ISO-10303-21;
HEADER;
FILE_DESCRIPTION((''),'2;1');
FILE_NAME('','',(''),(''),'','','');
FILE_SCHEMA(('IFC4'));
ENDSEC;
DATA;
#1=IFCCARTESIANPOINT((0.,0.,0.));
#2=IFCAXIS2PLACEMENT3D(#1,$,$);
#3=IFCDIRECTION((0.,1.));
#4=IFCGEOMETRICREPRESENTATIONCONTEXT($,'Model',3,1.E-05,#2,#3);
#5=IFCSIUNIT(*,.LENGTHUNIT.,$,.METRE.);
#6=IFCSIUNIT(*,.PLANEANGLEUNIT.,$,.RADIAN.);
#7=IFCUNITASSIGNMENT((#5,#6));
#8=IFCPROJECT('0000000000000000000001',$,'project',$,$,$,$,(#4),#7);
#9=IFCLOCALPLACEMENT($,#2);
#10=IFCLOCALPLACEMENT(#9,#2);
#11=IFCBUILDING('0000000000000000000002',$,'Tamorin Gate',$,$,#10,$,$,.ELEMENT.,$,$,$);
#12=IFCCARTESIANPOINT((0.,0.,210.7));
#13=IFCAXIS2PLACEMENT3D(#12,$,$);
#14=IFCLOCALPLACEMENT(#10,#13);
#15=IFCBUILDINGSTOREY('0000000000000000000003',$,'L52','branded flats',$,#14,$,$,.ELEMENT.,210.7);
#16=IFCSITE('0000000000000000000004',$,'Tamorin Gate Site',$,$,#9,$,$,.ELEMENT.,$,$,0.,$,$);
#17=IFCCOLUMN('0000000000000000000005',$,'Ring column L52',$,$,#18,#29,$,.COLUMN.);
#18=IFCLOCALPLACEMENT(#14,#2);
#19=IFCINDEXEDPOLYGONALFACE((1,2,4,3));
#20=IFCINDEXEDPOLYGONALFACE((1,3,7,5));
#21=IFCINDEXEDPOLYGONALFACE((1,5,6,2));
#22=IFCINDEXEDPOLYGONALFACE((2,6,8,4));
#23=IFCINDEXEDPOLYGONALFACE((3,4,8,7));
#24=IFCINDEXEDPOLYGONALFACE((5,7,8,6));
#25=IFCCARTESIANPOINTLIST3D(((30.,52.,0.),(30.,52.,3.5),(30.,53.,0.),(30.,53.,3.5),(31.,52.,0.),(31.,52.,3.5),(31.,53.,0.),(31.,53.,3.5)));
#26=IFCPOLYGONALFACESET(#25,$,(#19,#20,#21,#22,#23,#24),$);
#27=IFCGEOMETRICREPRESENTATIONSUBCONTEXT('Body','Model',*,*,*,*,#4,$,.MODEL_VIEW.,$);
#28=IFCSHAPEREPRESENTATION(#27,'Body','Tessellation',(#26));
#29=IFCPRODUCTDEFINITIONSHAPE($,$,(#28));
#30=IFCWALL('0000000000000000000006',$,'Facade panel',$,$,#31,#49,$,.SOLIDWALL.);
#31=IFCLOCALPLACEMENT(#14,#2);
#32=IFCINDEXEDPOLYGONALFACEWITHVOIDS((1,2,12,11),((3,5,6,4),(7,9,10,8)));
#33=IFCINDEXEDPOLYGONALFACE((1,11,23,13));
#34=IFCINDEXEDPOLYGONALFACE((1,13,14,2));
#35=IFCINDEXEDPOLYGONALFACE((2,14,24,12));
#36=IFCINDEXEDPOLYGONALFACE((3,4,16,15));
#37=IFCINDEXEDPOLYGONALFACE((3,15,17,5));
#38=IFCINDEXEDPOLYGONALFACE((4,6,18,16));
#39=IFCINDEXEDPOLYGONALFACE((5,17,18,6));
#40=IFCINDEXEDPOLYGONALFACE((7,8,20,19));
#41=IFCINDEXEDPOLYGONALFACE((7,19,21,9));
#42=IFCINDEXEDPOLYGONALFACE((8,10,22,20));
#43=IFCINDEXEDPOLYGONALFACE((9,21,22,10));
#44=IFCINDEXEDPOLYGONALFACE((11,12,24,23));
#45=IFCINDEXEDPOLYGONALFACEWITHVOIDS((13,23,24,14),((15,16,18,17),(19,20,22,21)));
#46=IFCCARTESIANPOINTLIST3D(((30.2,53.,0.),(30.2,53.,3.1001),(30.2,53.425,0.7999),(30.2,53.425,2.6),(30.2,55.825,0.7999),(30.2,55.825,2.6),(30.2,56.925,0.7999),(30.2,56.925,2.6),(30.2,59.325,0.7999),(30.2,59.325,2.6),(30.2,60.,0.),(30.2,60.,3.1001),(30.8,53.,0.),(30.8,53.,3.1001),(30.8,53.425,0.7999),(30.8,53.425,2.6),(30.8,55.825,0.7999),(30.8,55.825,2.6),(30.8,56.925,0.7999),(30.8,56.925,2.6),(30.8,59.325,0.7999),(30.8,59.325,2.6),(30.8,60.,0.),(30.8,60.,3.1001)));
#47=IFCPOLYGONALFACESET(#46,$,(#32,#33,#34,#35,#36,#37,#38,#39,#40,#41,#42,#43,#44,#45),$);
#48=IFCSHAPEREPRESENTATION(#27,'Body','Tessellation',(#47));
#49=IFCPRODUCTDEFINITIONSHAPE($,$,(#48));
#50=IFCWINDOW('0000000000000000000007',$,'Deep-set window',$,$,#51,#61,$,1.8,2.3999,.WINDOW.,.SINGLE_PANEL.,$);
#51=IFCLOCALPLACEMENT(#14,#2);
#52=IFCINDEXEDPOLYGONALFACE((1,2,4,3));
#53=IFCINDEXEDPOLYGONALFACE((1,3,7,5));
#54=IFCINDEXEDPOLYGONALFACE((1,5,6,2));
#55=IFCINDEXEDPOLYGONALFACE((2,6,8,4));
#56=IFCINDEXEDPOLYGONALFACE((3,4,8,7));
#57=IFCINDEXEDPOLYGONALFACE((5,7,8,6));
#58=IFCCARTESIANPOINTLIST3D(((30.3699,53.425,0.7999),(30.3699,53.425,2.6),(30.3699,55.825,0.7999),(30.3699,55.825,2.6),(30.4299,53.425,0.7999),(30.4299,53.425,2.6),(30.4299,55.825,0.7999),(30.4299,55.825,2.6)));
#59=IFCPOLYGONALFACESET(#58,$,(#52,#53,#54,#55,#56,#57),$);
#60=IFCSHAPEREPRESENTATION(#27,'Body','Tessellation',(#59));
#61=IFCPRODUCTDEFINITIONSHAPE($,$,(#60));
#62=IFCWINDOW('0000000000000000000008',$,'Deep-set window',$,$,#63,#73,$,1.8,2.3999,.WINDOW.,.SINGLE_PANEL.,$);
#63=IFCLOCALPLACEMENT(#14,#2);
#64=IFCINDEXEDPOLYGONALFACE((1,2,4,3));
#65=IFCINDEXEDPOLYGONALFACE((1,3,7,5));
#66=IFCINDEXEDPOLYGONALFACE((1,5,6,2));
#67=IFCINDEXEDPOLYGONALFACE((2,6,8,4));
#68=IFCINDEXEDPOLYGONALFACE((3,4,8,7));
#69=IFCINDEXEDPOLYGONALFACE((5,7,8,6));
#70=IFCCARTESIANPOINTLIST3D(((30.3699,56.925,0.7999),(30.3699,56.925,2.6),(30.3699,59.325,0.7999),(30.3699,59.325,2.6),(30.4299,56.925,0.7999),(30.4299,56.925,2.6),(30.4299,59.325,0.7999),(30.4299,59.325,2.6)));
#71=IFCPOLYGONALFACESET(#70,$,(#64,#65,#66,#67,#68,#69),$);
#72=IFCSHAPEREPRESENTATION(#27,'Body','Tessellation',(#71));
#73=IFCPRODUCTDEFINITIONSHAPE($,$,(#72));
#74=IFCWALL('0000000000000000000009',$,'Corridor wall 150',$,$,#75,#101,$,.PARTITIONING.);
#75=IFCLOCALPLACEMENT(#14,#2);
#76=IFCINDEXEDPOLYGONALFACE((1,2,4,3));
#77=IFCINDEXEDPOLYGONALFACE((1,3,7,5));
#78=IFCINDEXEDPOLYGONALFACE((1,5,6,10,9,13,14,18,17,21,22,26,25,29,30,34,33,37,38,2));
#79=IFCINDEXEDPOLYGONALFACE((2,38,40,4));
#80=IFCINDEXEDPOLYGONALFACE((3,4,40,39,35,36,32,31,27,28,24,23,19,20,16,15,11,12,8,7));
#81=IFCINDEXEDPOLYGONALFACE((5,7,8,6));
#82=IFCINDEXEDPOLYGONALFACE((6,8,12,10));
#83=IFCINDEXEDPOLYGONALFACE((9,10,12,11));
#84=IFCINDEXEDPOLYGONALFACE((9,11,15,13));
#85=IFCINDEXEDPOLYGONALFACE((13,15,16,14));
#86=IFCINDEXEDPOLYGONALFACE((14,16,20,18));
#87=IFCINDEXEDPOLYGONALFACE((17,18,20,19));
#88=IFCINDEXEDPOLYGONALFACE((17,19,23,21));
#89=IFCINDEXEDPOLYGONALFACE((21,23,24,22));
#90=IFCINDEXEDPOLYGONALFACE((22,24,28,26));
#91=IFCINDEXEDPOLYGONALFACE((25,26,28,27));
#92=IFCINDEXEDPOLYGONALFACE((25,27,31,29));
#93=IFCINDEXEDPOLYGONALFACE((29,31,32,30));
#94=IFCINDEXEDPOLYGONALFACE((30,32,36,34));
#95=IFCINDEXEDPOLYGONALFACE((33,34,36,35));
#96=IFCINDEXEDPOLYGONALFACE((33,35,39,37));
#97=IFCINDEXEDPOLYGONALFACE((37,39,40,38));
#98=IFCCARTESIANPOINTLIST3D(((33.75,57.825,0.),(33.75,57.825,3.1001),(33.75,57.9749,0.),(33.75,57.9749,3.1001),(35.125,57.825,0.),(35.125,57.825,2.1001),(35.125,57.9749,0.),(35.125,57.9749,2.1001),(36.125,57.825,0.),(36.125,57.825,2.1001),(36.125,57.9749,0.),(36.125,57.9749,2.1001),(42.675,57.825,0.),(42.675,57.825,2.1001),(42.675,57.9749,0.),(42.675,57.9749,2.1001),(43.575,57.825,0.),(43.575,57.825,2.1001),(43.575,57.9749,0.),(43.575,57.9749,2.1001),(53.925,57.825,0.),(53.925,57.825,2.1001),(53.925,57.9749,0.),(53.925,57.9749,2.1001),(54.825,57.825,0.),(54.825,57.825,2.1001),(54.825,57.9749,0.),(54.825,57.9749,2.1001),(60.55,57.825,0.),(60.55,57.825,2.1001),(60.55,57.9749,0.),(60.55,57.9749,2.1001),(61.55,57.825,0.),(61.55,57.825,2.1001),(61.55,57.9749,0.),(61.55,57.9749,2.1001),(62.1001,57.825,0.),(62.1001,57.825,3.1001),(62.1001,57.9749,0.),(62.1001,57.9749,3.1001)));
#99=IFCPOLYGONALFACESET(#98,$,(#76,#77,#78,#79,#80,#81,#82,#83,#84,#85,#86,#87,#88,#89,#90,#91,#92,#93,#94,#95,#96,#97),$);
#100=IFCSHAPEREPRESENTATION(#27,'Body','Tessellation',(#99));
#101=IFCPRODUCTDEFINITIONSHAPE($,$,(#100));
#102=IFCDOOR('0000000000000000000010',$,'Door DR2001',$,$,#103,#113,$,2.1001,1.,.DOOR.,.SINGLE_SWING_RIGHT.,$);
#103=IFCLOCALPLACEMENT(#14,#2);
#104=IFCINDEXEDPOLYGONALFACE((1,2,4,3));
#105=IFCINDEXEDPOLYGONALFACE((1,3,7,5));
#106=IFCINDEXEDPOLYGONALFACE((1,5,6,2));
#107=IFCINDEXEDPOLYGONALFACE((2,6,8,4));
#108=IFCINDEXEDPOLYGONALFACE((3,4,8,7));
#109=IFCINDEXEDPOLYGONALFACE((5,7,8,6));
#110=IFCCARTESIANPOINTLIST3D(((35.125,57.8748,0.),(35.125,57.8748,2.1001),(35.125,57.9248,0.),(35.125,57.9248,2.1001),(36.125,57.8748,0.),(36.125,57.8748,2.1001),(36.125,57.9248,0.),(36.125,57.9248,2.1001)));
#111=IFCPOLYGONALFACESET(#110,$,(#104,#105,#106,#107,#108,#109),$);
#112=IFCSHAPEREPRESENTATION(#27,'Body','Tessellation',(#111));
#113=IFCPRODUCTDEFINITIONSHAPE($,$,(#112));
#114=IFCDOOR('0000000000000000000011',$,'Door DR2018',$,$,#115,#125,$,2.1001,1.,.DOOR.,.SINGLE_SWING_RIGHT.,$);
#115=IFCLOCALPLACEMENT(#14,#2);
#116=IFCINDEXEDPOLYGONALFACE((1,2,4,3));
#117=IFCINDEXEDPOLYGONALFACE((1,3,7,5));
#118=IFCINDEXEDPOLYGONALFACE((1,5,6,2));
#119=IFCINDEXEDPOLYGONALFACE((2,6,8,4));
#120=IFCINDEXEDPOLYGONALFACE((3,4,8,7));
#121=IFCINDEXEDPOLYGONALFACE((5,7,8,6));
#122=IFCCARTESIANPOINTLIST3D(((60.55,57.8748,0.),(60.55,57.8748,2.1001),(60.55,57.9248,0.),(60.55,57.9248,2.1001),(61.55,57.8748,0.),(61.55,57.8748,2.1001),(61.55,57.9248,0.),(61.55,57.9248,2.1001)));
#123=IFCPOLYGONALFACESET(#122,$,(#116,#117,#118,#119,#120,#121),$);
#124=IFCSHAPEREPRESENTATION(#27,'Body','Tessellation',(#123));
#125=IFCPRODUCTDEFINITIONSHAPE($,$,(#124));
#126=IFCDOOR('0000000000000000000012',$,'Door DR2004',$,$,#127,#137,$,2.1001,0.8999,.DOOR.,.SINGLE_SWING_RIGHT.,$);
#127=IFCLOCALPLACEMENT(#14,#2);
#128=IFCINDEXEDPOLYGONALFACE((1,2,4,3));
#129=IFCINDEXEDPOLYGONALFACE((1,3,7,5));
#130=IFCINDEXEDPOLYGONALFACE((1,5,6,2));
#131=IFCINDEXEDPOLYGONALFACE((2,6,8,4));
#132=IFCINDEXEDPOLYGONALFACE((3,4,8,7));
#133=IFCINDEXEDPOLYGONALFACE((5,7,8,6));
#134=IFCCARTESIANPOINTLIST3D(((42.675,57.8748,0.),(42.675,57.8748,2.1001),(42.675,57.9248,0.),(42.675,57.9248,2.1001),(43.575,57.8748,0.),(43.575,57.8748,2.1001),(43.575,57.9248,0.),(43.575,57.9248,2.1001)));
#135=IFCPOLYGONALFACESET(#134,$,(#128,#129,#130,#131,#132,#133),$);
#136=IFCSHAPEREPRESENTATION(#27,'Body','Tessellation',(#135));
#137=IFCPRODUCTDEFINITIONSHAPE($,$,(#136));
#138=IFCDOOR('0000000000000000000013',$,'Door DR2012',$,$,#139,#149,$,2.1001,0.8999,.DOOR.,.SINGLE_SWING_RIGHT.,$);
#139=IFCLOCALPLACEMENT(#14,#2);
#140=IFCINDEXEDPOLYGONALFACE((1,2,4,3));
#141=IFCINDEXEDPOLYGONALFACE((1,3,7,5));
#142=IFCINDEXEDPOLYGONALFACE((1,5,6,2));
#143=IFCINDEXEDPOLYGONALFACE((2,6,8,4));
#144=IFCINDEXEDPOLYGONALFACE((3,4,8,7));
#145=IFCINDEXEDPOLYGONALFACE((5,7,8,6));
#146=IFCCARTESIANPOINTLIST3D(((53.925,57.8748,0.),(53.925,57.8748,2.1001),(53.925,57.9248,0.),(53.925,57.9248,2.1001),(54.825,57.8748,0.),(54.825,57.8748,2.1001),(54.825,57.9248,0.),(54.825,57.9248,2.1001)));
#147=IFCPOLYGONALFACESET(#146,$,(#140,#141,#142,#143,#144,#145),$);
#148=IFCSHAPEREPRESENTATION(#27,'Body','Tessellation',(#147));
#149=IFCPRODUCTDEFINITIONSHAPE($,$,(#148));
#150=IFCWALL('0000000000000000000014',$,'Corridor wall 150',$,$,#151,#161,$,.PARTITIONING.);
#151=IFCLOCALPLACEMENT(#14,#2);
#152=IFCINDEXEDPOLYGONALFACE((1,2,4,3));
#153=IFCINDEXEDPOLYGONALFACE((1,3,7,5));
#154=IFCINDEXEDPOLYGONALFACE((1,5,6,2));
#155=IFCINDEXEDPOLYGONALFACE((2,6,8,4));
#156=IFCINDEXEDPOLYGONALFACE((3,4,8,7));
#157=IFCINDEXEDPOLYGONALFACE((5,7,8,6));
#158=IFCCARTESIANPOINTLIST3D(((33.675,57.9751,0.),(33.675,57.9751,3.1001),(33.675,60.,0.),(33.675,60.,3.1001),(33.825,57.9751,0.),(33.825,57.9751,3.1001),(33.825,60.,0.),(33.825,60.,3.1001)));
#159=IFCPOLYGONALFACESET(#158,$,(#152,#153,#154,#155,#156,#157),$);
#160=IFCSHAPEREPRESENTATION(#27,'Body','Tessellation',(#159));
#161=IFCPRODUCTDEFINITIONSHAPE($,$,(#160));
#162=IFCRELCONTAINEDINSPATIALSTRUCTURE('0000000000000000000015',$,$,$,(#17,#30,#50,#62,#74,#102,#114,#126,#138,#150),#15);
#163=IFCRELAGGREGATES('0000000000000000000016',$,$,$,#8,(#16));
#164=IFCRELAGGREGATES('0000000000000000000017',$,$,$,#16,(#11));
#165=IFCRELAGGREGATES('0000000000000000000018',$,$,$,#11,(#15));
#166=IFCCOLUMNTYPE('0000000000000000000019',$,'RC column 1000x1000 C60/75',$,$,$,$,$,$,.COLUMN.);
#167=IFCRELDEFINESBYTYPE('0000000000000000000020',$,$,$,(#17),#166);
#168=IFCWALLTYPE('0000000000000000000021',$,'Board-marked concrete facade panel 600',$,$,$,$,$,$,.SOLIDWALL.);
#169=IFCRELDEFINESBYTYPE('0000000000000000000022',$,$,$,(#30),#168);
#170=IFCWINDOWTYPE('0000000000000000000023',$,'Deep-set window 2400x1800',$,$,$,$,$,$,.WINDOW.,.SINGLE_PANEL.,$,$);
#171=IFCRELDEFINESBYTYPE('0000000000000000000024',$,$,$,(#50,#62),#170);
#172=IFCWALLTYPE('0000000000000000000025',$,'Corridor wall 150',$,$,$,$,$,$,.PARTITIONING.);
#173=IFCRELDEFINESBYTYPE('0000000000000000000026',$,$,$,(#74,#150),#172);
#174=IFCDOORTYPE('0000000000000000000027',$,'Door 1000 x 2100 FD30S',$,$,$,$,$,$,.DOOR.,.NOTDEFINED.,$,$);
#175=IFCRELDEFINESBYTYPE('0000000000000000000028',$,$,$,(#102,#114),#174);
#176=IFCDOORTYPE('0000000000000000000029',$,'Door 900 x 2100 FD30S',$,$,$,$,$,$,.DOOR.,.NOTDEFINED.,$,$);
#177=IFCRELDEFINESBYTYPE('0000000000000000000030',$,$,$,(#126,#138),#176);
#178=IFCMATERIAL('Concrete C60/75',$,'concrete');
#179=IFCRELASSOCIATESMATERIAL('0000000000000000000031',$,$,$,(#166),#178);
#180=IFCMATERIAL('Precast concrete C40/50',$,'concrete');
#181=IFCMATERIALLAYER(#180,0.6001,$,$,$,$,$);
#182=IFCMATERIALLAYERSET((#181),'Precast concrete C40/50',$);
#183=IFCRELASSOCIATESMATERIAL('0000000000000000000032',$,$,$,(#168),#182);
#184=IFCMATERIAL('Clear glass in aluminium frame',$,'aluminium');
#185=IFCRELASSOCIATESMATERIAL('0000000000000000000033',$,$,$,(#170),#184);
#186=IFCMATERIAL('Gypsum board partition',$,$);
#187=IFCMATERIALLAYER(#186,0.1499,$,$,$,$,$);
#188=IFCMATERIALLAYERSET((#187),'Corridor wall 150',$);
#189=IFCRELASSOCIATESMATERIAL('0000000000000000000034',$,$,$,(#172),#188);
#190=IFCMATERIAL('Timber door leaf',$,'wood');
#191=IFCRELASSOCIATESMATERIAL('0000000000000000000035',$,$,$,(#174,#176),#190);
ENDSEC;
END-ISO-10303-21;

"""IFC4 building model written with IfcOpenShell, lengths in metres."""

from ifc_helpers import new_model, si_unit, direction, frame, frame_2d, origin, origin_2d, place, context, subcontext, project, spatial, rectangle, extrude, material, layer, layer_set, material_profile, profile_set, type_object, element, fill, save


model = new_model("IFC4")

# Units and contexts
model_context = context("Model", 3, precision=1e-05, world=origin(), true_north=direction((0.0, 1.0)))
body_context = subcontext(model_context, "Body", "Model", "MODEL_VIEW")
ifc_project = project(units=[si_unit("LENGTHUNIT", "METRE"), si_unit("PLANEANGLEUNIT", "RADIAN")], contexts=[model_context])

# Site, building, storey
site_placement = place(None, origin())
site = spatial("IfcSite", under=ifc_project, at=site_placement, Name="Tamorin Gate Site", CompositionType="ELEMENT", RefElevation=0.0)
building_placement = place(site_placement, origin())
building = spatial("IfcBuilding", under=site, at=building_placement, Name="Tamorin Gate", CompositionType="ELEMENT")
storey_placement = place(building_placement, frame((0.0, 0.0, 210.7)))
storey = spatial("IfcBuildingStorey", under=building, at=storey_placement, Name="L52", Description="branded flats", CompositionType="ELEMENT", Elevation=210.7)

# Column
ifc_material_1 = material(Name="Concrete C60/75", Category="concrete")
ifc_material_profile = material_profile(ifc_material_1, rectangle(XDim=1.0, YDim=1.0, at=origin_2d()), Name="RC 1000x1000")
ifc_profile_set = profile_set([ifc_material_profile], Name="Concrete C60/75")
column_type = type_object("IfcColumnType", Name="RC column 1000x1000 C60/75", PredefinedType="COLUMN", material=ifc_profile_set)
column_placement = place(storey_placement, frame((30.5, 52.5, 0.0), z_axis=(0.0, 0.0, 1.0), x_axis=(1.0, 0.0, 0.0)))
element("IfcColumn", 1, at=column_placement, inside=storey, type_object=column_type, Name="Ring column L52", PredefinedType="COLUMN", context=body_context, shape_type="SweptSolid", body=[
    extrude(rectangle(XDim=1.0, YDim=1.0, at=origin_2d()), origin(), (0.0, 0.0, 1.0), 3.5),
])

# Wall, openings, windows
ifc_material_2 = material(Name="Precast concrete C40/50", Category="concrete")
ifc_layer_1 = layer(ifc_material_2, 0.6001)
ifc_layer_set_1 = layer_set([ifc_layer_1], Name="Precast concrete C40/50")
wall_type_1 = type_object("IfcWallType", Name="Board-marked concrete facade panel 600", PredefinedType="SOLIDWALL", material=ifc_layer_set_1)
wall_1_placement = place(storey_placement, frame((30.5, 60.0, 0.0), z_axis=(0.0, 0.0, 1.0), x_axis=(0.0, -1.0, 0.0)))
wall_1 = element("IfcWall", 2, at=wall_1_placement, inside=storey, type_object=wall_type_1, Name="Facade panel", PredefinedType="SOLIDWALL", context=body_context, shape_type="SweptSolid", body=[
    extrude(rectangle(XDim=7.0, YDim=0.6001, at=frame_2d((3.5, 0.0))), origin(), (0.0, 0.0, 1.0), 3.1001),
])
opening_1_placement = place(wall_1_placement, frame((4.175, 0.0, 0.8)))
opening_1 = element("IfcOpeningElement", 3, at=opening_1_placement, cuts=wall_1, PredefinedType="OPENING", context=body_context, shape_type="SweptSolid", body=[
    extrude(rectangle(XDim=2.3999, YDim=1.8, at=frame_2d((1.2, 0.8999))), frame((0.0, 0.3101, 0.0), z_axis=(0.0, -1.0, 0.0), x_axis=(1.0, 0.0, 0.0)), (0.0, 0.0, 1.0), 0.6201),
])
opening_2_placement = place(wall_1_placement, frame((0.675, 0.0, 0.8)))
opening_2 = element("IfcOpeningElement", 4, at=opening_2_placement, cuts=wall_1, PredefinedType="OPENING", context=body_context, shape_type="SweptSolid", body=[
    extrude(rectangle(XDim=2.3999, YDim=1.8, at=frame_2d((1.2, 0.8999))), frame((0.0, 0.3101, 0.0), z_axis=(0.0, -1.0, 0.0), x_axis=(1.0, 0.0, 0.0)), (0.0, 0.0, 1.0), 0.6201),
])
ifc_material_3 = material(Name="Clear glass in aluminium frame", Category="aluminium")
window_type = type_object("IfcWindowType", Name="Deep-set window 2400x1800", PartitioningType="SINGLE_PANEL", PredefinedType="WINDOW", material=ifc_material_3)
window_1_placement = place(opening_1_placement, origin())
window_1 = element("IfcWindow", 5, at=window_1_placement, inside=storey, type_object=window_type, Name="Deep-set window", OverallHeight=1.8, OverallWidth=2.3999, PartitioningType="SINGLE_PANEL", PredefinedType="WINDOW", context=body_context, shape_type="SweptSolid", body=[
    extrude(rectangle(XDim=2.3999, YDim=1.8, at=frame_2d((1.2, 0.8999))), frame((0.0, -0.0701, 0.0), z_axis=(0.0, -1.0, 0.0), x_axis=(1.0, 0.0, 0.0)), (0.0, 0.0, 1.0), 0.0601),
])
fill(opening_1, window_1)
window_2_placement = place(opening_2_placement, origin())
window_2 = element("IfcWindow", 6, at=window_2_placement, inside=storey, type_object=window_type, Name="Deep-set window", OverallHeight=1.8, OverallWidth=2.3999, PartitioningType="SINGLE_PANEL", PredefinedType="WINDOW", context=body_context, shape_type="SweptSolid", body=[
    extrude(rectangle(XDim=2.3999, YDim=1.8, at=frame_2d((1.2, 0.8999))), frame((0.0, -0.0701, 0.0), z_axis=(0.0, -1.0, 0.0), x_axis=(1.0, 0.0, 0.0)), (0.0, 0.0, 1.0), 0.0601),
])
fill(opening_2, window_2)

# Wall, openings, doors
ifc_material_4 = material(Name="Gypsum board partition")
ifc_layer_2 = layer(ifc_material_4, 0.1499)
ifc_layer_set_2 = layer_set([ifc_layer_2], Name="Corridor wall 150")
wall_type_2 = type_object("IfcWallType", Name="Corridor wall 150", PredefinedType="PARTITIONING", material=ifc_layer_set_2)
wall_2_placement = place(storey_placement, frame((33.75, 57.8999, 0.0), z_axis=(0.0, 0.0, 1.0), x_axis=(1.0, 0.0, 0.0)))
wall_2 = element("IfcWall", 7, at=wall_2_placement, inside=storey, type_object=wall_type_2, Name="Corridor wall 150", PredefinedType="PARTITIONING", context=body_context, shape_type="SweptSolid", body=[
    extrude(rectangle(XDim=28.3501, YDim=0.1499, at=frame_2d((14.175, 0.0))), origin(), (0.0, 0.0, 1.0), 3.1001),
])
opening_3_placement = place(wall_2_placement, frame((1.375, 0.0, 0.0)))
opening_3 = element("IfcOpeningElement", 8, at=opening_3_placement, cuts=wall_2, PredefinedType="OPENING", context=body_context, shape_type="SweptSolid", body=[
    extrude(rectangle(XDim=1.0, YDim=2.1001, at=frame_2d((0.5, 1.05))), frame((0.0, 0.085, 0.0), z_axis=(0.0, -1.0, 0.0), x_axis=(1.0, 0.0, 0.0)), (0.0, 0.0, 1.0), 0.1699),
])
opening_4_placement = place(wall_2_placement, frame((8.925, 0.0, 0.0)))
opening_4 = element("IfcOpeningElement", 9, at=opening_4_placement, cuts=wall_2, PredefinedType="OPENING", context=body_context, shape_type="SweptSolid", body=[
    extrude(rectangle(XDim=0.8999, YDim=2.1001, at=frame_2d((0.45, 1.05))), frame((0.0, 0.085, 0.0), z_axis=(0.0, -1.0, 0.0), x_axis=(1.0, 0.0, 0.0)), (0.0, 0.0, 1.0), 0.1699),
])
opening_5_placement = place(wall_2_placement, frame((20.175, 0.0, 0.0)))
opening_5 = element("IfcOpeningElement", 10, at=opening_5_placement, cuts=wall_2, PredefinedType="OPENING", context=body_context, shape_type="SweptSolid", body=[
    extrude(rectangle(XDim=0.8999, YDim=2.1001, at=frame_2d((0.45, 1.05))), frame((0.0, 0.085, 0.0), z_axis=(0.0, -1.0, 0.0), x_axis=(1.0, 0.0, 0.0)), (0.0, 0.0, 1.0), 0.1699),
])
opening_6_placement = place(wall_2_placement, frame((26.8, 0.0, 0.0)))
opening_6 = element("IfcOpeningElement", 11, at=opening_6_placement, cuts=wall_2, PredefinedType="OPENING", context=body_context, shape_type="SweptSolid", body=[
    extrude(rectangle(XDim=1.0, YDim=2.1001, at=frame_2d((0.5, 1.05))), frame((0.0, 0.085, 0.0), z_axis=(0.0, -1.0, 0.0), x_axis=(1.0, 0.0, 0.0)), (0.0, 0.0, 1.0), 0.1699),
])
ifc_material_5 = material(Name="Timber door leaf", Category="wood")
door_type_1 = type_object("IfcDoorType", Name="Door 1000 x 2100 FD30S", OperationType="NOTDEFINED", PredefinedType="DOOR", material=ifc_material_5)
door_1_placement = place(opening_3_placement, origin())
door_1 = element("IfcDoor", 12, at=door_1_placement, inside=storey, type_object=door_type_1, Name="Door DR2001", OperationType="SINGLE_SWING_RIGHT", OverallHeight=2.1001, OverallWidth=1.0, PredefinedType="DOOR", context=body_context, shape_type="SweptSolid", body=[
    extrude(rectangle(XDim=1.0, YDim=2.1001, at=frame_2d((0.5, 1.05))), frame((0.0, 0.0249, 0.0), z_axis=(0.0, -1.0, 0.0), x_axis=(1.0, 0.0, 0.0)), (0.0, 0.0, 1.0), 0.05),
])
fill(opening_3, door_1)
door_2_placement = place(opening_6_placement, origin())
door_2 = element("IfcDoor", 13, at=door_2_placement, inside=storey, type_object=door_type_1, Name="Door DR2018", OperationType="SINGLE_SWING_RIGHT", OverallHeight=2.1001, OverallWidth=1.0, PredefinedType="DOOR", context=body_context, shape_type="SweptSolid", body=[
    extrude(rectangle(XDim=1.0, YDim=2.1001, at=frame_2d((0.5, 1.05))), frame((0.0, 0.0249, 0.0), z_axis=(0.0, -1.0, 0.0), x_axis=(1.0, 0.0, 0.0)), (0.0, 0.0, 1.0), 0.05),
])
fill(opening_6, door_2)
door_type_2 = type_object("IfcDoorType", Name="Door 900 x 2100 FD30S", OperationType="NOTDEFINED", PredefinedType="DOOR", material=ifc_material_5)
door_3_placement = place(opening_4_placement, origin())
door_3 = element("IfcDoor", 14, at=door_3_placement, inside=storey, type_object=door_type_2, Name="Door DR2004", OperationType="SINGLE_SWING_RIGHT", OverallHeight=2.1001, OverallWidth=0.8999, PredefinedType="DOOR", context=body_context, shape_type="SweptSolid", body=[
    extrude(rectangle(XDim=0.8999, YDim=2.1001, at=frame_2d((0.45, 1.05))), frame((0.0, 0.0249, 0.0), z_axis=(0.0, -1.0, 0.0), x_axis=(1.0, 0.0, 0.0)), (0.0, 0.0, 1.0), 0.05),
])
fill(opening_4, door_3)
door_4_placement = place(opening_5_placement, origin())
door_4 = element("IfcDoor", 15, at=door_4_placement, inside=storey, type_object=door_type_2, Name="Door DR2012", OperationType="SINGLE_SWING_RIGHT", OverallHeight=2.1001, OverallWidth=0.8999, PredefinedType="DOOR", context=body_context, shape_type="SweptSolid", body=[
    extrude(rectangle(XDim=0.8999, YDim=2.1001, at=frame_2d((0.45, 1.05))), frame((0.0, 0.0249, 0.0), z_axis=(0.0, -1.0, 0.0), x_axis=(1.0, 0.0, 0.0)), (0.0, 0.0, 1.0), 0.05),
])
fill(opening_5, door_4)

# Wall
wall_3_placement = place(storey_placement, frame((33.75, 57.9751, 0.0), z_axis=(0.0, 0.0, 1.0), x_axis=(0.0, 1.0, 0.0)))
element("IfcWall", 16, at=wall_3_placement, inside=storey, type_object=wall_type_2, Name="Corridor wall 150", PredefinedType="PARTITIONING", context=body_context, shape_type="SweptSolid", body=[
    extrude(rectangle(XDim=2.0249, YDim=0.1499, at=frame_2d((1.0125, 0.0))), origin(), (0.0, 0.0, 1.0), 3.1001),
])

save(model, "model.ifc")
